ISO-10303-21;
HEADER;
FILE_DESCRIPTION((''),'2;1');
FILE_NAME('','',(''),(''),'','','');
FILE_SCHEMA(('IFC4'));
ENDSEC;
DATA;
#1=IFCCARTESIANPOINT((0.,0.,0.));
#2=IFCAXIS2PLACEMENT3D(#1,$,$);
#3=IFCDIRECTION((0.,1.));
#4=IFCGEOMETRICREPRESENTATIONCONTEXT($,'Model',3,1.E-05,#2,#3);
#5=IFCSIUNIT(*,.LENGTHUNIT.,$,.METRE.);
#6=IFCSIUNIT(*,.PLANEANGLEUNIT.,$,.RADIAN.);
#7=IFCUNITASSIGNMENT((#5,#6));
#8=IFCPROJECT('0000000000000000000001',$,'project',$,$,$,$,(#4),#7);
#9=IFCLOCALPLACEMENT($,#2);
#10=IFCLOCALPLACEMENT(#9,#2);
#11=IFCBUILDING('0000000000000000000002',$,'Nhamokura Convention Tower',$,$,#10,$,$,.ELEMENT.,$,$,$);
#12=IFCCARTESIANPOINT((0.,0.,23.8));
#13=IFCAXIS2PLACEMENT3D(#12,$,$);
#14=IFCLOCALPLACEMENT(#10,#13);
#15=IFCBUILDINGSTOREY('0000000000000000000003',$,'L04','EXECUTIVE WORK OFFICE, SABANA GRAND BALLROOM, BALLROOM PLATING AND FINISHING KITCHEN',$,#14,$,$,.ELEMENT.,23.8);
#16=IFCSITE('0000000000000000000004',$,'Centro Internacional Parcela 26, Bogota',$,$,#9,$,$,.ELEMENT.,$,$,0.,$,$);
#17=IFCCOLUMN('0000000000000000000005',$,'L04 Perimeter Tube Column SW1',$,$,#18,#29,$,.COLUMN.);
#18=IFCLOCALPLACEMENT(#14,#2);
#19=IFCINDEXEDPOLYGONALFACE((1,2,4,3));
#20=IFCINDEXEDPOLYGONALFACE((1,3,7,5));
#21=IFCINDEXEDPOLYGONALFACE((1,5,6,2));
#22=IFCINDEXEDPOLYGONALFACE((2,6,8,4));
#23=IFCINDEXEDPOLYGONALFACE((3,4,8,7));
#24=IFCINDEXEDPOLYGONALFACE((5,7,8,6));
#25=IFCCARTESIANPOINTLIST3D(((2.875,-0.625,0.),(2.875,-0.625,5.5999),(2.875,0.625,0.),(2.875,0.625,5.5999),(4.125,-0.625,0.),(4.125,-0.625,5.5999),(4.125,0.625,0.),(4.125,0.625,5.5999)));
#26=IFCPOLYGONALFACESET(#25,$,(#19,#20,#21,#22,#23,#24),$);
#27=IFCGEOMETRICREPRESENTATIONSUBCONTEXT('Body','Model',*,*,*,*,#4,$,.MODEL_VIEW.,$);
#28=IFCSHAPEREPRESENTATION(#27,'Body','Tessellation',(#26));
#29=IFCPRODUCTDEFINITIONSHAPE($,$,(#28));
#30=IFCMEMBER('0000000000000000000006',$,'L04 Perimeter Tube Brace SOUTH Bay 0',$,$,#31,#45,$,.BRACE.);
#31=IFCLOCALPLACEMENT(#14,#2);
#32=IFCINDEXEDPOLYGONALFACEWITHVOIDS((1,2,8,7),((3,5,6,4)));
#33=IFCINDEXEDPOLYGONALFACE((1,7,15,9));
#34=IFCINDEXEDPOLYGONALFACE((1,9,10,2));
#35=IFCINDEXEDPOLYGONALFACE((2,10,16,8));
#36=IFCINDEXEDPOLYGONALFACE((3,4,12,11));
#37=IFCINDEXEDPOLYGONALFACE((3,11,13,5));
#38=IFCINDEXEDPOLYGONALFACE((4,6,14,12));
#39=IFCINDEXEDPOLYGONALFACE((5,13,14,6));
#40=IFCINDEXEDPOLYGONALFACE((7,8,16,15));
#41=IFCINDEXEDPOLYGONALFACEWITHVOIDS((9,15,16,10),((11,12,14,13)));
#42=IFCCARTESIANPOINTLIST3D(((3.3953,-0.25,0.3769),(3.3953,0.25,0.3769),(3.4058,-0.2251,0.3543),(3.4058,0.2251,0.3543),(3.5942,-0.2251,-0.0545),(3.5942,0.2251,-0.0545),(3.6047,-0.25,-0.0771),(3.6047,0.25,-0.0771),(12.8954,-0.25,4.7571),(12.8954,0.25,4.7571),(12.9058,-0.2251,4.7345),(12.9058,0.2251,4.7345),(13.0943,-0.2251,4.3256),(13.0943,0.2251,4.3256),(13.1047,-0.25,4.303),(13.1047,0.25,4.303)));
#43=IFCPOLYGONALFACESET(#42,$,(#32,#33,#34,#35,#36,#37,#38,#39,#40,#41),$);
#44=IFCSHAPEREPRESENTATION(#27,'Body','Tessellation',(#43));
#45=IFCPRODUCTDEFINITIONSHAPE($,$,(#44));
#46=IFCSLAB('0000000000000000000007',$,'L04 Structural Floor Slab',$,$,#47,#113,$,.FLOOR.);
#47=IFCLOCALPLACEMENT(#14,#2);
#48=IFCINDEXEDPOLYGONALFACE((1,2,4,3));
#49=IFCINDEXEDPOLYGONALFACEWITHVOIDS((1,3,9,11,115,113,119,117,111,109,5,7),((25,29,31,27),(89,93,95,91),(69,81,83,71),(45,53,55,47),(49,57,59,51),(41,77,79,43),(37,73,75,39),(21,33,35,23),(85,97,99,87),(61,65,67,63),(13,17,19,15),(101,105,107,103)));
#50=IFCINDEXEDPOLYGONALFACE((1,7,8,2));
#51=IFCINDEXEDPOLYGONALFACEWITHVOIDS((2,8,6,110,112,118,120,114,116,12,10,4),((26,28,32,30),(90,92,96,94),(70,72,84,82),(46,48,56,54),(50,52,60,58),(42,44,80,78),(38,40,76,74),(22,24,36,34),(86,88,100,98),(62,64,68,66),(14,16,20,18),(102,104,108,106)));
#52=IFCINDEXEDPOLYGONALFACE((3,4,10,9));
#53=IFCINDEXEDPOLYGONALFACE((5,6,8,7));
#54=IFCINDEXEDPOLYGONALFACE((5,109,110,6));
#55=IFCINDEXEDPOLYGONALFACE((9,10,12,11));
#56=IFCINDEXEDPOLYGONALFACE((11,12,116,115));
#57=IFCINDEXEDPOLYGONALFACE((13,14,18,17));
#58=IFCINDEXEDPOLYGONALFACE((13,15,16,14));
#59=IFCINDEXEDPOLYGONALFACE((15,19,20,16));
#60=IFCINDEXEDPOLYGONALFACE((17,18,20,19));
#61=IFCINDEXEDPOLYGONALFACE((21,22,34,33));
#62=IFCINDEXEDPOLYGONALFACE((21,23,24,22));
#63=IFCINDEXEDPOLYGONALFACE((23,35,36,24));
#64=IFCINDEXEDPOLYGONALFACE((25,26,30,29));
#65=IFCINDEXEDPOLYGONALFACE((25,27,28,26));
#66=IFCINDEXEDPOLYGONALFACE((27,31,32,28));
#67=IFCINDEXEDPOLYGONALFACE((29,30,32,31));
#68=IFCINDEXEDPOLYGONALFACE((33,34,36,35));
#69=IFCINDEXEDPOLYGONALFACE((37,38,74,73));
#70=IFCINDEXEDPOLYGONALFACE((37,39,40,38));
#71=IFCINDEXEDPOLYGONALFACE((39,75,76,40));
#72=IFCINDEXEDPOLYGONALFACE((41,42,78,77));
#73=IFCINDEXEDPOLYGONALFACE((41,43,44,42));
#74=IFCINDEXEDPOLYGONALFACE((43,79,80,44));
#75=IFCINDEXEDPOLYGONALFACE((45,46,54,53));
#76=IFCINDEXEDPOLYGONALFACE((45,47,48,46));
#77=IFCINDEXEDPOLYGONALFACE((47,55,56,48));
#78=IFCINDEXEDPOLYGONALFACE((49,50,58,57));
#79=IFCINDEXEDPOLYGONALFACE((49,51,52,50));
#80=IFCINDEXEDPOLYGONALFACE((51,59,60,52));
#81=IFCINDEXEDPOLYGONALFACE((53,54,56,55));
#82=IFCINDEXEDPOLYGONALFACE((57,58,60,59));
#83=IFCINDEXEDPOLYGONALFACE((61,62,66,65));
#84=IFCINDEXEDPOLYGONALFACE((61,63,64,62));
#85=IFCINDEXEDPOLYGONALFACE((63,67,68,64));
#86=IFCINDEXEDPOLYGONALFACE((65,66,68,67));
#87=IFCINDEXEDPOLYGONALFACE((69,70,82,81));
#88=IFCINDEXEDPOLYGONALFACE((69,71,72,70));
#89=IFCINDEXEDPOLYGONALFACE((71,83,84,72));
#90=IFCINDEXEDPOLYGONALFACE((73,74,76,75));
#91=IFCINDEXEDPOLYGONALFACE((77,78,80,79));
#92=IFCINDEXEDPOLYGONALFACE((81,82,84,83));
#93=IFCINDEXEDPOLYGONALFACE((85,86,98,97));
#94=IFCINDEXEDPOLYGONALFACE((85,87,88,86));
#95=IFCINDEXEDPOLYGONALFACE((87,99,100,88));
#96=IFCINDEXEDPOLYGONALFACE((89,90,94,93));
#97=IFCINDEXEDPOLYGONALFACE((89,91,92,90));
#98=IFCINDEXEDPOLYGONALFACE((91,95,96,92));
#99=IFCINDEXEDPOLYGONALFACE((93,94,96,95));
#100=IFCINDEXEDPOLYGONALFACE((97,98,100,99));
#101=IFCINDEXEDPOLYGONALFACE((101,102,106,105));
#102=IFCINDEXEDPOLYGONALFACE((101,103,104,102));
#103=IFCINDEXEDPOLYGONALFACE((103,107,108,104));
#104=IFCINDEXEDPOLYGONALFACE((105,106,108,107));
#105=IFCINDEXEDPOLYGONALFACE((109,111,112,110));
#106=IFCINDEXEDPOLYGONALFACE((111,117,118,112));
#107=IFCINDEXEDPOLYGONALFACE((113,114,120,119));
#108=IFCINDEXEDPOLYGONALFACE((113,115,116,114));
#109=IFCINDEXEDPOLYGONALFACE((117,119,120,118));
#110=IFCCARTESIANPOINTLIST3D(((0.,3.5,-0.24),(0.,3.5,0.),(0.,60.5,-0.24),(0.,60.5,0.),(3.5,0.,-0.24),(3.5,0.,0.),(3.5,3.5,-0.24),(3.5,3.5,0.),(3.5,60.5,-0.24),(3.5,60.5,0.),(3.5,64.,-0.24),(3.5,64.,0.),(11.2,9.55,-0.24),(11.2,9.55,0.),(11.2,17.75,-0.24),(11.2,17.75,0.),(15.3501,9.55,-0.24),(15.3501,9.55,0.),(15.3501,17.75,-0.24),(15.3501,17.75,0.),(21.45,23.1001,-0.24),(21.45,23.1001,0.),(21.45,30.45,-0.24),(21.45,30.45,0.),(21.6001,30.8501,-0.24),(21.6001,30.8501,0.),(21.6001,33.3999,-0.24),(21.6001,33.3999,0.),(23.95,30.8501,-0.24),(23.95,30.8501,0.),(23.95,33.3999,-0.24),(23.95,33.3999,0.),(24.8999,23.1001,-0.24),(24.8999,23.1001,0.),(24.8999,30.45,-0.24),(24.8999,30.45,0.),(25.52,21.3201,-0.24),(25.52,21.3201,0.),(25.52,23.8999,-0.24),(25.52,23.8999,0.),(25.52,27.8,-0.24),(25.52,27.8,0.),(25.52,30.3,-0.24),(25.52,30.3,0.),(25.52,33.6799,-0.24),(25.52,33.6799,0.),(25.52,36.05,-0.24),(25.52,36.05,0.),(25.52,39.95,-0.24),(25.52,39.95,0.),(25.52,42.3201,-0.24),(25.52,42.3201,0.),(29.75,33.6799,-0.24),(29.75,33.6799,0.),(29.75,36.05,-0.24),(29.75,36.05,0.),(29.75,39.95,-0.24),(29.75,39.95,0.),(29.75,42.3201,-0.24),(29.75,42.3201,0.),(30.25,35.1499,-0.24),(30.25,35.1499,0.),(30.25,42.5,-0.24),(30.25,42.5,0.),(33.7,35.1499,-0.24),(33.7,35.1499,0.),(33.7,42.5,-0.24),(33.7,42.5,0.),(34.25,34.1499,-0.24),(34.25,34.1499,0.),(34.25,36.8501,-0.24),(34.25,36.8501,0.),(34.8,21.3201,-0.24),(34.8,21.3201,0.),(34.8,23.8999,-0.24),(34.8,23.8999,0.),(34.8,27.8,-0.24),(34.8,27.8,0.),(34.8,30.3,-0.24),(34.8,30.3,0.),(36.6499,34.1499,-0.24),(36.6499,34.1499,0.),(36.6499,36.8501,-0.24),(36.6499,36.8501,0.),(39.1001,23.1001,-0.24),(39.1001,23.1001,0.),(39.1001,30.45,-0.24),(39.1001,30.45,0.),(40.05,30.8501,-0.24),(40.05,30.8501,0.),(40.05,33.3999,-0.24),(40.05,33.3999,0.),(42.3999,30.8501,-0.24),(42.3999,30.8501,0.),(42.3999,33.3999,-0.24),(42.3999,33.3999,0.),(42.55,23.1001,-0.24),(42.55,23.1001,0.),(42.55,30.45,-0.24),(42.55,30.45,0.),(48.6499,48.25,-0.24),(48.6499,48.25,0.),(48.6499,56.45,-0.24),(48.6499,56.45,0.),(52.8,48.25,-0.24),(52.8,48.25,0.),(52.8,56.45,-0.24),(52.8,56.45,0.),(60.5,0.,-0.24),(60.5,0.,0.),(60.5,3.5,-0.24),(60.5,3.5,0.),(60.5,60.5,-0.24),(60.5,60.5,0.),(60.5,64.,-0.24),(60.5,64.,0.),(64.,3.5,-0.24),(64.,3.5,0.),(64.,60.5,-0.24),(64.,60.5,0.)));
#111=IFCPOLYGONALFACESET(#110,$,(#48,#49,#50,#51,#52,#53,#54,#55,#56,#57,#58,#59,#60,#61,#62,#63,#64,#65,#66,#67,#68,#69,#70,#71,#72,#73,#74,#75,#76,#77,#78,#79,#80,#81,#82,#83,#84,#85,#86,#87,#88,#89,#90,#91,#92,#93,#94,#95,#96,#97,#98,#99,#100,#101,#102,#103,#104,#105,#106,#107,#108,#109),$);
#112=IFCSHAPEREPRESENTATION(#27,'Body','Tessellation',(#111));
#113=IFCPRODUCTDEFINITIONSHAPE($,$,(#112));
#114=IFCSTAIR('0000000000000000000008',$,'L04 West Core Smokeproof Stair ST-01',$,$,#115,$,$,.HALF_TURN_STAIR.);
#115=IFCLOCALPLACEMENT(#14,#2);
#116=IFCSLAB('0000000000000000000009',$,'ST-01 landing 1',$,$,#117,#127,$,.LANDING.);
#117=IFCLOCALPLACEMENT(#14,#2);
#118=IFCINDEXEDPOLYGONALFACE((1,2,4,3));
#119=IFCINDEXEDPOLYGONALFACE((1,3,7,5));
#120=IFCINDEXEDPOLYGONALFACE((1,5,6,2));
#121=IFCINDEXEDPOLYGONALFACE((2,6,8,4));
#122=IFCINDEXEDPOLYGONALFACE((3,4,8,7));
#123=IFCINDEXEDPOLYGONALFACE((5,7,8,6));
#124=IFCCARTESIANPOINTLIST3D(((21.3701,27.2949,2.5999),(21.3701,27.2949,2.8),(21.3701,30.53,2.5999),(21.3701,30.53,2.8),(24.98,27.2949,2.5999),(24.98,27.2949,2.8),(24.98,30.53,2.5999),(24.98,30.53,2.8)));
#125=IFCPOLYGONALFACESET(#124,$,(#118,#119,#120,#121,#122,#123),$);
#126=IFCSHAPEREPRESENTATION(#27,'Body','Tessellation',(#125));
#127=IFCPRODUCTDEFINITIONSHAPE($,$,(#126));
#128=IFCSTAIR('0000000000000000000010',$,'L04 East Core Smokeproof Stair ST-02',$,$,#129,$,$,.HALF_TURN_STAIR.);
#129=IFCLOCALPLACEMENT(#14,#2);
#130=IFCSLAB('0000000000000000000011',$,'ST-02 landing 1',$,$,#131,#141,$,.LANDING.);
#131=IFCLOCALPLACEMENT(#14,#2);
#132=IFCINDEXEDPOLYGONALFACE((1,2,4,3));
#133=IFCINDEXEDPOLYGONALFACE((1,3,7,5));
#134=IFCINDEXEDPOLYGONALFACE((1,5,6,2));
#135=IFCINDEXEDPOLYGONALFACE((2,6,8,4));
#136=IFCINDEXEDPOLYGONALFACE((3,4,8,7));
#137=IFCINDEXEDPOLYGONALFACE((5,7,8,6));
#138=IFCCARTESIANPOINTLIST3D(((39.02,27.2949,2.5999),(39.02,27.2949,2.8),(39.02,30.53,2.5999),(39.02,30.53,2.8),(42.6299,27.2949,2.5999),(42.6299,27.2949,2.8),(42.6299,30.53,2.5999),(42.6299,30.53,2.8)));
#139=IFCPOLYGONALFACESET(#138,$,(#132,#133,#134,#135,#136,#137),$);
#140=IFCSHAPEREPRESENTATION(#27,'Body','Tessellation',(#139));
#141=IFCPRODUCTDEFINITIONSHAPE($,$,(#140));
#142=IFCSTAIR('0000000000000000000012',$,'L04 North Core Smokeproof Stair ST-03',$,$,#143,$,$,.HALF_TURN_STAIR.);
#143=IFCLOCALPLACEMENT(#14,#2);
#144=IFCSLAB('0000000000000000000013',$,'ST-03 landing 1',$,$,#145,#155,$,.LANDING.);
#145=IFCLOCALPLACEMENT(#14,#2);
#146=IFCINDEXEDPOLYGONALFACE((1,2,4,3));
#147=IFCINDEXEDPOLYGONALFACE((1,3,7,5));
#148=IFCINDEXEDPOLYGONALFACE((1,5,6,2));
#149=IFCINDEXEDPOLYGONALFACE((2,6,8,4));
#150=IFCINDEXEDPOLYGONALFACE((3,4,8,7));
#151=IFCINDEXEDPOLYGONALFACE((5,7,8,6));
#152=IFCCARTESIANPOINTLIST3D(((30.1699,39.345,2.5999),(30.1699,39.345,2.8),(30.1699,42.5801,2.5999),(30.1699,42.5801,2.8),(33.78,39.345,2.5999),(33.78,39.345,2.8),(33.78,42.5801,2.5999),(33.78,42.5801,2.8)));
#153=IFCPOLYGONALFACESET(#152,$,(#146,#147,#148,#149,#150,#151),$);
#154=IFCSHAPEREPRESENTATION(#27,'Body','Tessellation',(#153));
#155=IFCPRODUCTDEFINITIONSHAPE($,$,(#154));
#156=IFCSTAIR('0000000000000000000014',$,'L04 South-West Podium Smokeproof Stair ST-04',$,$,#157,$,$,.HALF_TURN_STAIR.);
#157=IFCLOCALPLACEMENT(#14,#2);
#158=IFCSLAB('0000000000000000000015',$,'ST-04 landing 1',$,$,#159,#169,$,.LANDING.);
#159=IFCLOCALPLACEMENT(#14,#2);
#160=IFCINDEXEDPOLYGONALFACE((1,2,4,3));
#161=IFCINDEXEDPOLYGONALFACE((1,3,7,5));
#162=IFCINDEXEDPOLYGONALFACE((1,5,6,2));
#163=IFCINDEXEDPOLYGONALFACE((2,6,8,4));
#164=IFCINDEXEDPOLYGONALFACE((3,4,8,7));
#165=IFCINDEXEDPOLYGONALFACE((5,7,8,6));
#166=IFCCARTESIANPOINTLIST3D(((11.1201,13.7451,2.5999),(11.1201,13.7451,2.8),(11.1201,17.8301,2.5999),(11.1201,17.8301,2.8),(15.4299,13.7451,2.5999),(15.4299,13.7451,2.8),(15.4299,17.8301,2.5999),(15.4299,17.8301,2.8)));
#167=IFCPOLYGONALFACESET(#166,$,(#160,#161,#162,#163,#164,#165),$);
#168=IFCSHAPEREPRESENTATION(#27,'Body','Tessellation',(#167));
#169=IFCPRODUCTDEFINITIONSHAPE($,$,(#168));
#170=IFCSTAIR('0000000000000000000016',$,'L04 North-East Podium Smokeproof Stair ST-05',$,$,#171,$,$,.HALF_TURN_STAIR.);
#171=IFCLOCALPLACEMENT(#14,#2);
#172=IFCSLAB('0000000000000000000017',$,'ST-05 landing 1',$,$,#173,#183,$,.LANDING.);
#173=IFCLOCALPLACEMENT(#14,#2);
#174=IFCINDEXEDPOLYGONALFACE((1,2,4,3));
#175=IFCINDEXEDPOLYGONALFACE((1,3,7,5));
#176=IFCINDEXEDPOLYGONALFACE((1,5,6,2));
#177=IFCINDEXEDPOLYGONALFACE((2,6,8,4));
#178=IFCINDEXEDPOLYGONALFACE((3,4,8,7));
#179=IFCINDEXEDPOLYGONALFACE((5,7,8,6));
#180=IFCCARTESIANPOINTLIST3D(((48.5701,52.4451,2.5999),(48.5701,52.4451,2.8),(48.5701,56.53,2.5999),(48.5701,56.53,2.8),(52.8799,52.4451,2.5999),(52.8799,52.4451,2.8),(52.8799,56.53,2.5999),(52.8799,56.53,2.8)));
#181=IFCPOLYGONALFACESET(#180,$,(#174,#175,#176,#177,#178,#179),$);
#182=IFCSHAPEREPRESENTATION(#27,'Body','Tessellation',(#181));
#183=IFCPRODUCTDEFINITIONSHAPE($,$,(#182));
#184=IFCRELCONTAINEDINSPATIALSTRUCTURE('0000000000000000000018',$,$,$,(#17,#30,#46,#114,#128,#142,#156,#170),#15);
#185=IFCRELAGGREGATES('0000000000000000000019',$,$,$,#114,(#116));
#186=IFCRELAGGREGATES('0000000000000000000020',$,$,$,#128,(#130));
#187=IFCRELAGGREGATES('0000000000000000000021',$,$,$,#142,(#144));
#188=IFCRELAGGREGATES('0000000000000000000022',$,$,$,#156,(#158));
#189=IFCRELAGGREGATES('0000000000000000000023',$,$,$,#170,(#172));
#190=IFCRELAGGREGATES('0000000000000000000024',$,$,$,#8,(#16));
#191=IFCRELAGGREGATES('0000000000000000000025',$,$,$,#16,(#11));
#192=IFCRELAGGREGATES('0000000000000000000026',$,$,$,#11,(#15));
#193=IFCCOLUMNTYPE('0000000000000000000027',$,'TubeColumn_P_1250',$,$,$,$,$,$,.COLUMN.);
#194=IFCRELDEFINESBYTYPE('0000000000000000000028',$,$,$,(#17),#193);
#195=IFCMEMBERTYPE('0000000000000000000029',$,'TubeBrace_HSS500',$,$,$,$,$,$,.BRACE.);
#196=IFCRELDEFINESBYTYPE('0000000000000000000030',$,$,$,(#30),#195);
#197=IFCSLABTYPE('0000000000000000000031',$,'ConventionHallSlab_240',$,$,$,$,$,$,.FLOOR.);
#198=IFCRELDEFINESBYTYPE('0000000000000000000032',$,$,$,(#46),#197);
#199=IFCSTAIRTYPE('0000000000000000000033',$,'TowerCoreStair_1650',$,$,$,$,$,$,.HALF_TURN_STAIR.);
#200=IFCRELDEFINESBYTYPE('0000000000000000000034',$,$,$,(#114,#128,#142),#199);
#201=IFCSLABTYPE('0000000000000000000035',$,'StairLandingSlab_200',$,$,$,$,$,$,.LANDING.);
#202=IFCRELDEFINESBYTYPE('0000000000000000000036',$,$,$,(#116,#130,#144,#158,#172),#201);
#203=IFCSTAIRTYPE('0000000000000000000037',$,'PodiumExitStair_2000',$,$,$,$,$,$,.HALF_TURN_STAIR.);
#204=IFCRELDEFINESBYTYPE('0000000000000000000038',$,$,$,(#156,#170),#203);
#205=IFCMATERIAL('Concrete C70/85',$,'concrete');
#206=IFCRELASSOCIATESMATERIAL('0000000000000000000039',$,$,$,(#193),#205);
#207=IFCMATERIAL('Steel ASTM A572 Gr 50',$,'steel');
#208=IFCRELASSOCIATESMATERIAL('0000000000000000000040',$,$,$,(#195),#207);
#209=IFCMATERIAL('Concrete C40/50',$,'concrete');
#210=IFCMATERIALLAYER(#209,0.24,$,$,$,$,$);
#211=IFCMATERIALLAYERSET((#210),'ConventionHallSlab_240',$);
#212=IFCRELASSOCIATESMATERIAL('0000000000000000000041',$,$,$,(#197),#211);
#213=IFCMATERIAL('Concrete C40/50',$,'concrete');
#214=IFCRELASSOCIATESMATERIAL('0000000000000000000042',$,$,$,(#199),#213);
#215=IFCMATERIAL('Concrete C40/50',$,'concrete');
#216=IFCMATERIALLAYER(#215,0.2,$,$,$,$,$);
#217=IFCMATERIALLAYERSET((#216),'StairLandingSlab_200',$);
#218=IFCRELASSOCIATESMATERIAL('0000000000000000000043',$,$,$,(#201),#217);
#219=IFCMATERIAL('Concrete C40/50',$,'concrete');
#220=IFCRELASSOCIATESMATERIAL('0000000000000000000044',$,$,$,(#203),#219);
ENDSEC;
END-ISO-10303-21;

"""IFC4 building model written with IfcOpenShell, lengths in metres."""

from ifc_helpers import new_model, si_unit, direction, frame, origin, origin_2d, place, context, subcontext, project, spatial, polyline, rectangle, hollow_rectangle, outline, extrude, material, layer, layer_set, material_profile, profile_set, type_object, element, aggregate, save


model = new_model("IFC4")

# Units and contexts
model_context = context("Model", 3, precision=1e-05, world=origin(), true_north=direction((0.0, 1.0)))
body_context = subcontext(model_context, "Body", "Model", "MODEL_VIEW")
ifc_project = project(units=[si_unit("LENGTHUNIT", "METRE"), si_unit("PLANEANGLEUNIT", "RADIAN")], contexts=[model_context])

# Site, building, storey
site_placement = place(None, origin())
site = spatial("IfcSite", under=ifc_project, at=site_placement, Name="Centro Internacional Parcela 26, Bogota", CompositionType="ELEMENT", RefElevation=0.0)
building_placement = place(site_placement, origin())
building = spatial("IfcBuilding", under=site, at=building_placement, Name="Nhamokura Convention Tower", CompositionType="ELEMENT")
storey_placement = place(building_placement, frame((0.0, 0.0, 23.8)))
storey = spatial("IfcBuildingStorey", under=building, at=storey_placement, Name="L04", Description="EXECUTIVE WORK OFFICE, SABANA GRAND BALLROOM, BALLROOM PLATING AND FINISHING KITCHEN", CompositionType="ELEMENT", Elevation=23.8)

# Column
ifc_material_1 = material(Name="Concrete C70/85", Category="concrete")
ifc_material_profile_1 = material_profile(ifc_material_1, rectangle(XDim=1.25, YDim=1.25, at=origin_2d()))
ifc_profile_set_1 = profile_set([ifc_material_profile_1], Name="Concrete C70/85")
column_type = type_object("IfcColumnType", Name="TubeColumn_P_1250", PredefinedType="COLUMN", material=ifc_profile_set_1)
column_placement = place(storey_placement, frame((3.5, 0.0, 0.0), z_axis=(0.0, 0.0, 1.0), x_axis=(1.0, 0.0, 0.0)))
element("IfcColumn", 1, at=column_placement, inside=storey, type_object=column_type, Name="L04 Perimeter Tube Column SW1", PredefinedType="COLUMN", context=body_context, shape_type="SweptSolid", body=[
    extrude(rectangle(XDim=1.25, YDim=1.25, at=origin_2d()), origin(), (0.0, 0.0, 1.0), 5.5999),
])

# Member
ifc_material_2 = material(Name="Steel ASTM A572 Gr 50", Category="steel")
ifc_material_profile_2 = material_profile(ifc_material_2, hollow_rectangle(XDim=0.5, YDim=0.5, WallThickness=0.0249, at=origin_2d()))
ifc_profile_set_2 = profile_set([ifc_material_profile_2], Name="Steel ASTM A572 Gr 50")
member_type = type_object("IfcMemberType", Name="TubeBrace_HSS500", PredefinedType="BRACE", material=ifc_profile_set_2)
member_placement = place(storey_placement, frame((3.5, 0.0, 0.1499), z_axis=(0.908123, 0.0, 0.418704), x_axis=(0.0, 1.0, 0.0)))
element("IfcMember", 2, at=member_placement, inside=storey, type_object=member_type, Name="L04 Perimeter Tube Brace SOUTH Bay 0", PredefinedType="BRACE", context=body_context, shape_type="SweptSolid", body=[
    extrude(hollow_rectangle(XDim=0.5, YDim=0.5, WallThickness=0.0249, at=origin_2d()), origin(), (0.0, 0.0, 1.0), 10.4612),
])

# Slab
ifc_material_3 = material(Name="Concrete C40/50", Category="concrete")
ifc_layer_1 = layer(ifc_material_3, 0.24)
ifc_layer_set_1 = layer_set([ifc_layer_1], Name="ConventionHallSlab_240")
slab_type_1 = type_object("IfcSlabType", Name="ConventionHallSlab_240", PredefinedType="FLOOR", material=ifc_layer_set_1)
slab_1_placement = place(storey_placement, frame((0.0, 0.0, -0.24)))
element("IfcSlab", 3, at=slab_1_placement, inside=storey, type_object=slab_type_1, Name="L04 Structural Floor Slab", PredefinedType="FLOOR", context=body_context, shape_type="SweptSolid", body=[
    extrude(outline(polyline([(3.5, 0.0), (60.5, 0.0), (60.5, 3.5), (64.0, 3.5), (64.0, 60.5), (60.5, 60.5), (60.5, 64.0), (3.5, 64.0), (3.5, 60.5), (0.0, 60.5), (0.0, 3.5), (3.5, 3.5), (3.5, 0.0)]), holes=[polyline([(24.8999, 23.1001), (24.8999, 30.45), (21.45, 30.45), (21.45, 23.1001), (24.8999, 23.1001)]), polyline([(42.55, 23.1001), (42.55, 30.45), (39.1001, 30.45), (39.1001, 23.1001), (42.55, 23.1001)]), polyline([(33.7, 35.1499), (33.7, 42.5), (30.25, 42.5), (30.25, 35.1499), (33.7, 35.1499)]), polyline([(15.3501, 9.55), (15.3501, 17.75), (11.2, 17.75), (11.2, 9.55), (15.3501, 9.55)]), polyline([(52.8, 48.25), (52.8, 56.45), (48.6499, 56.45), (48.6499, 48.25), (52.8, 48.25)]), polyline([(21.6001, 30.8501), (23.95, 30.8501), (23.95, 33.3999), (21.6001, 33.3999), (21.6001, 30.8501)]), polyline([(40.05, 30.8501), (42.3999, 30.8501), (42.3999, 33.3999), (40.05, 33.3999), (40.05, 30.8501)]), polyline([(34.25, 34.1499), (36.6499, 34.1499), (36.6499, 36.8501), (34.25, 36.8501), (34.25, 34.1499)]), polyline([(25.52, 21.3201), (34.8, 21.3201), (34.8, 23.8999), (25.52, 23.8999), (25.52, 21.3201)]), polyline([(25.52, 27.8), (34.8, 27.8), (34.8, 30.3), (25.52, 30.3), (25.52, 27.8)]), polyline([(25.52, 33.6799), (29.75, 33.6799), (29.75, 36.05), (25.52, 36.05), (25.52, 33.6799)]), polyline([(25.52, 39.95), (29.75, 39.95), (29.75, 42.3201), (25.52, 42.3201), (25.52, 39.95)])]), origin(), (0.0, 0.0, 1.0), 0.24),
])

# Stairs, slabs
ifc_material_4 = material(Name="Concrete C40/50", Category="concrete")
stair_type_1 = type_object("IfcStairType", Name="TowerCoreStair_1650", PredefinedType="HALF_TURN_STAIR", material=ifc_material_4)
stair_1_placement = place(storey_placement, origin())
stair_1 = element("IfcStair", 4, at=stair_1_placement, inside=storey, type_object=stair_type_1, Name="L04 West Core Smokeproof Stair ST-01", PredefinedType="HALF_TURN_STAIR")
ifc_material_5 = material(Name="Concrete C40/50", Category="concrete")
ifc_layer_2 = layer(ifc_material_5, 0.2)
ifc_layer_set_2 = layer_set([ifc_layer_2], Name="StairLandingSlab_200")
slab_type_2 = type_object("IfcSlabType", Name="StairLandingSlab_200", PredefinedType="LANDING", material=ifc_layer_set_2)
slab_2_placement = place(storey_placement, frame((0.0, 0.0, 2.5999)))
slab_2 = element("IfcSlab", 5, at=slab_2_placement, type_object=slab_type_2, Name="ST-01 landing 1", PredefinedType="LANDING", context=body_context, shape_type="SweptSolid", body=[
    extrude(outline(polyline([(24.98, 27.2949), (24.98, 30.53), (21.3701, 30.53), (21.3701, 27.2949), (24.98, 27.2949)])), origin(), (0.0, 0.0, 1.0), 0.2002),
])
aggregate(stair_1, [slab_2])
stair_2_placement = place(storey_placement, origin())
stair_2 = element("IfcStair", 6, at=stair_2_placement, inside=storey, type_object=stair_type_1, Name="L04 East Core Smokeproof Stair ST-02", PredefinedType="HALF_TURN_STAIR")
slab_3_placement = place(storey_placement, frame((0.0, 0.0, 2.5999)))
slab_3 = element("IfcSlab", 7, at=slab_3_placement, type_object=slab_type_2, Name="ST-02 landing 1", PredefinedType="LANDING", context=body_context, shape_type="SweptSolid", body=[
    extrude(outline(polyline([(42.6299, 27.2949), (42.6299, 30.53), (39.02, 30.53), (39.02, 27.2949), (42.6299, 27.2949)])), origin(), (0.0, 0.0, 1.0), 0.2002),
])
aggregate(stair_2, [slab_3])
stair_3_placement = place(storey_placement, origin())
stair_3 = element("IfcStair", 8, at=stair_3_placement, inside=storey, type_object=stair_type_1, Name="L04 North Core Smokeproof Stair ST-03", PredefinedType="HALF_TURN_STAIR")
slab_4_placement = place(storey_placement, frame((0.0, 0.0, 2.5999)))
slab_4 = element("IfcSlab", 9, at=slab_4_placement, type_object=slab_type_2, Name="ST-03 landing 1", PredefinedType="LANDING", context=body_context, shape_type="SweptSolid", body=[
    extrude(outline(polyline([(33.78, 39.345), (33.78, 42.5801), (30.1699, 42.5801), (30.1699, 39.345), (33.78, 39.345)])), origin(), (0.0, 0.0, 1.0), 0.2002),
])
aggregate(stair_3, [slab_4])
ifc_material_6 = material(Name="Concrete C40/50", Category="concrete")
stair_type_2 = type_object("IfcStairType", Name="PodiumExitStair_2000", PredefinedType="HALF_TURN_STAIR", material=ifc_material_6)
stair_4_placement = place(storey_placement, origin())
stair_4 = element("IfcStair", 10, at=stair_4_placement, inside=storey, type_object=stair_type_2, Name="L04 South-West Podium Smokeproof Stair ST-04", PredefinedType="HALF_TURN_STAIR")
slab_5_placement = place(storey_placement, frame((0.0, 0.0, 2.5999)))
slab_5 = element("IfcSlab", 11, at=slab_5_placement, type_object=slab_type_2, Name="ST-04 landing 1", PredefinedType="LANDING", context=body_context, shape_type="SweptSolid", body=[
    extrude(outline(polyline([(15.4299, 13.7451), (15.4299, 17.8301), (11.1201, 17.8301), (11.1201, 13.7451), (15.4299, 13.7451)])), origin(), (0.0, 0.0, 1.0), 0.2002),
])
aggregate(stair_4, [slab_5])
stair_5_placement = place(storey_placement, origin())
stair_5 = element("IfcStair", 12, at=stair_5_placement, inside=storey, type_object=stair_type_2, Name="L04 North-East Podium Smokeproof Stair ST-05", PredefinedType="HALF_TURN_STAIR")
slab_6_placement = place(storey_placement, frame((0.0, 0.0, 2.5999)))
slab_6 = element("IfcSlab", 13, at=slab_6_placement, type_object=slab_type_2, Name="ST-05 landing 1", PredefinedType="LANDING", context=body_context, shape_type="SweptSolid", body=[
    extrude(outline(polyline([(52.8799, 52.4451), (52.8799, 56.53), (48.5701, 56.53), (48.5701, 52.4451), (52.8799, 52.4451)])), origin(), (0.0, 0.0, 1.0), 0.2002),
])
aggregate(stair_5, [slab_6])

save(model, "model.ifc")
